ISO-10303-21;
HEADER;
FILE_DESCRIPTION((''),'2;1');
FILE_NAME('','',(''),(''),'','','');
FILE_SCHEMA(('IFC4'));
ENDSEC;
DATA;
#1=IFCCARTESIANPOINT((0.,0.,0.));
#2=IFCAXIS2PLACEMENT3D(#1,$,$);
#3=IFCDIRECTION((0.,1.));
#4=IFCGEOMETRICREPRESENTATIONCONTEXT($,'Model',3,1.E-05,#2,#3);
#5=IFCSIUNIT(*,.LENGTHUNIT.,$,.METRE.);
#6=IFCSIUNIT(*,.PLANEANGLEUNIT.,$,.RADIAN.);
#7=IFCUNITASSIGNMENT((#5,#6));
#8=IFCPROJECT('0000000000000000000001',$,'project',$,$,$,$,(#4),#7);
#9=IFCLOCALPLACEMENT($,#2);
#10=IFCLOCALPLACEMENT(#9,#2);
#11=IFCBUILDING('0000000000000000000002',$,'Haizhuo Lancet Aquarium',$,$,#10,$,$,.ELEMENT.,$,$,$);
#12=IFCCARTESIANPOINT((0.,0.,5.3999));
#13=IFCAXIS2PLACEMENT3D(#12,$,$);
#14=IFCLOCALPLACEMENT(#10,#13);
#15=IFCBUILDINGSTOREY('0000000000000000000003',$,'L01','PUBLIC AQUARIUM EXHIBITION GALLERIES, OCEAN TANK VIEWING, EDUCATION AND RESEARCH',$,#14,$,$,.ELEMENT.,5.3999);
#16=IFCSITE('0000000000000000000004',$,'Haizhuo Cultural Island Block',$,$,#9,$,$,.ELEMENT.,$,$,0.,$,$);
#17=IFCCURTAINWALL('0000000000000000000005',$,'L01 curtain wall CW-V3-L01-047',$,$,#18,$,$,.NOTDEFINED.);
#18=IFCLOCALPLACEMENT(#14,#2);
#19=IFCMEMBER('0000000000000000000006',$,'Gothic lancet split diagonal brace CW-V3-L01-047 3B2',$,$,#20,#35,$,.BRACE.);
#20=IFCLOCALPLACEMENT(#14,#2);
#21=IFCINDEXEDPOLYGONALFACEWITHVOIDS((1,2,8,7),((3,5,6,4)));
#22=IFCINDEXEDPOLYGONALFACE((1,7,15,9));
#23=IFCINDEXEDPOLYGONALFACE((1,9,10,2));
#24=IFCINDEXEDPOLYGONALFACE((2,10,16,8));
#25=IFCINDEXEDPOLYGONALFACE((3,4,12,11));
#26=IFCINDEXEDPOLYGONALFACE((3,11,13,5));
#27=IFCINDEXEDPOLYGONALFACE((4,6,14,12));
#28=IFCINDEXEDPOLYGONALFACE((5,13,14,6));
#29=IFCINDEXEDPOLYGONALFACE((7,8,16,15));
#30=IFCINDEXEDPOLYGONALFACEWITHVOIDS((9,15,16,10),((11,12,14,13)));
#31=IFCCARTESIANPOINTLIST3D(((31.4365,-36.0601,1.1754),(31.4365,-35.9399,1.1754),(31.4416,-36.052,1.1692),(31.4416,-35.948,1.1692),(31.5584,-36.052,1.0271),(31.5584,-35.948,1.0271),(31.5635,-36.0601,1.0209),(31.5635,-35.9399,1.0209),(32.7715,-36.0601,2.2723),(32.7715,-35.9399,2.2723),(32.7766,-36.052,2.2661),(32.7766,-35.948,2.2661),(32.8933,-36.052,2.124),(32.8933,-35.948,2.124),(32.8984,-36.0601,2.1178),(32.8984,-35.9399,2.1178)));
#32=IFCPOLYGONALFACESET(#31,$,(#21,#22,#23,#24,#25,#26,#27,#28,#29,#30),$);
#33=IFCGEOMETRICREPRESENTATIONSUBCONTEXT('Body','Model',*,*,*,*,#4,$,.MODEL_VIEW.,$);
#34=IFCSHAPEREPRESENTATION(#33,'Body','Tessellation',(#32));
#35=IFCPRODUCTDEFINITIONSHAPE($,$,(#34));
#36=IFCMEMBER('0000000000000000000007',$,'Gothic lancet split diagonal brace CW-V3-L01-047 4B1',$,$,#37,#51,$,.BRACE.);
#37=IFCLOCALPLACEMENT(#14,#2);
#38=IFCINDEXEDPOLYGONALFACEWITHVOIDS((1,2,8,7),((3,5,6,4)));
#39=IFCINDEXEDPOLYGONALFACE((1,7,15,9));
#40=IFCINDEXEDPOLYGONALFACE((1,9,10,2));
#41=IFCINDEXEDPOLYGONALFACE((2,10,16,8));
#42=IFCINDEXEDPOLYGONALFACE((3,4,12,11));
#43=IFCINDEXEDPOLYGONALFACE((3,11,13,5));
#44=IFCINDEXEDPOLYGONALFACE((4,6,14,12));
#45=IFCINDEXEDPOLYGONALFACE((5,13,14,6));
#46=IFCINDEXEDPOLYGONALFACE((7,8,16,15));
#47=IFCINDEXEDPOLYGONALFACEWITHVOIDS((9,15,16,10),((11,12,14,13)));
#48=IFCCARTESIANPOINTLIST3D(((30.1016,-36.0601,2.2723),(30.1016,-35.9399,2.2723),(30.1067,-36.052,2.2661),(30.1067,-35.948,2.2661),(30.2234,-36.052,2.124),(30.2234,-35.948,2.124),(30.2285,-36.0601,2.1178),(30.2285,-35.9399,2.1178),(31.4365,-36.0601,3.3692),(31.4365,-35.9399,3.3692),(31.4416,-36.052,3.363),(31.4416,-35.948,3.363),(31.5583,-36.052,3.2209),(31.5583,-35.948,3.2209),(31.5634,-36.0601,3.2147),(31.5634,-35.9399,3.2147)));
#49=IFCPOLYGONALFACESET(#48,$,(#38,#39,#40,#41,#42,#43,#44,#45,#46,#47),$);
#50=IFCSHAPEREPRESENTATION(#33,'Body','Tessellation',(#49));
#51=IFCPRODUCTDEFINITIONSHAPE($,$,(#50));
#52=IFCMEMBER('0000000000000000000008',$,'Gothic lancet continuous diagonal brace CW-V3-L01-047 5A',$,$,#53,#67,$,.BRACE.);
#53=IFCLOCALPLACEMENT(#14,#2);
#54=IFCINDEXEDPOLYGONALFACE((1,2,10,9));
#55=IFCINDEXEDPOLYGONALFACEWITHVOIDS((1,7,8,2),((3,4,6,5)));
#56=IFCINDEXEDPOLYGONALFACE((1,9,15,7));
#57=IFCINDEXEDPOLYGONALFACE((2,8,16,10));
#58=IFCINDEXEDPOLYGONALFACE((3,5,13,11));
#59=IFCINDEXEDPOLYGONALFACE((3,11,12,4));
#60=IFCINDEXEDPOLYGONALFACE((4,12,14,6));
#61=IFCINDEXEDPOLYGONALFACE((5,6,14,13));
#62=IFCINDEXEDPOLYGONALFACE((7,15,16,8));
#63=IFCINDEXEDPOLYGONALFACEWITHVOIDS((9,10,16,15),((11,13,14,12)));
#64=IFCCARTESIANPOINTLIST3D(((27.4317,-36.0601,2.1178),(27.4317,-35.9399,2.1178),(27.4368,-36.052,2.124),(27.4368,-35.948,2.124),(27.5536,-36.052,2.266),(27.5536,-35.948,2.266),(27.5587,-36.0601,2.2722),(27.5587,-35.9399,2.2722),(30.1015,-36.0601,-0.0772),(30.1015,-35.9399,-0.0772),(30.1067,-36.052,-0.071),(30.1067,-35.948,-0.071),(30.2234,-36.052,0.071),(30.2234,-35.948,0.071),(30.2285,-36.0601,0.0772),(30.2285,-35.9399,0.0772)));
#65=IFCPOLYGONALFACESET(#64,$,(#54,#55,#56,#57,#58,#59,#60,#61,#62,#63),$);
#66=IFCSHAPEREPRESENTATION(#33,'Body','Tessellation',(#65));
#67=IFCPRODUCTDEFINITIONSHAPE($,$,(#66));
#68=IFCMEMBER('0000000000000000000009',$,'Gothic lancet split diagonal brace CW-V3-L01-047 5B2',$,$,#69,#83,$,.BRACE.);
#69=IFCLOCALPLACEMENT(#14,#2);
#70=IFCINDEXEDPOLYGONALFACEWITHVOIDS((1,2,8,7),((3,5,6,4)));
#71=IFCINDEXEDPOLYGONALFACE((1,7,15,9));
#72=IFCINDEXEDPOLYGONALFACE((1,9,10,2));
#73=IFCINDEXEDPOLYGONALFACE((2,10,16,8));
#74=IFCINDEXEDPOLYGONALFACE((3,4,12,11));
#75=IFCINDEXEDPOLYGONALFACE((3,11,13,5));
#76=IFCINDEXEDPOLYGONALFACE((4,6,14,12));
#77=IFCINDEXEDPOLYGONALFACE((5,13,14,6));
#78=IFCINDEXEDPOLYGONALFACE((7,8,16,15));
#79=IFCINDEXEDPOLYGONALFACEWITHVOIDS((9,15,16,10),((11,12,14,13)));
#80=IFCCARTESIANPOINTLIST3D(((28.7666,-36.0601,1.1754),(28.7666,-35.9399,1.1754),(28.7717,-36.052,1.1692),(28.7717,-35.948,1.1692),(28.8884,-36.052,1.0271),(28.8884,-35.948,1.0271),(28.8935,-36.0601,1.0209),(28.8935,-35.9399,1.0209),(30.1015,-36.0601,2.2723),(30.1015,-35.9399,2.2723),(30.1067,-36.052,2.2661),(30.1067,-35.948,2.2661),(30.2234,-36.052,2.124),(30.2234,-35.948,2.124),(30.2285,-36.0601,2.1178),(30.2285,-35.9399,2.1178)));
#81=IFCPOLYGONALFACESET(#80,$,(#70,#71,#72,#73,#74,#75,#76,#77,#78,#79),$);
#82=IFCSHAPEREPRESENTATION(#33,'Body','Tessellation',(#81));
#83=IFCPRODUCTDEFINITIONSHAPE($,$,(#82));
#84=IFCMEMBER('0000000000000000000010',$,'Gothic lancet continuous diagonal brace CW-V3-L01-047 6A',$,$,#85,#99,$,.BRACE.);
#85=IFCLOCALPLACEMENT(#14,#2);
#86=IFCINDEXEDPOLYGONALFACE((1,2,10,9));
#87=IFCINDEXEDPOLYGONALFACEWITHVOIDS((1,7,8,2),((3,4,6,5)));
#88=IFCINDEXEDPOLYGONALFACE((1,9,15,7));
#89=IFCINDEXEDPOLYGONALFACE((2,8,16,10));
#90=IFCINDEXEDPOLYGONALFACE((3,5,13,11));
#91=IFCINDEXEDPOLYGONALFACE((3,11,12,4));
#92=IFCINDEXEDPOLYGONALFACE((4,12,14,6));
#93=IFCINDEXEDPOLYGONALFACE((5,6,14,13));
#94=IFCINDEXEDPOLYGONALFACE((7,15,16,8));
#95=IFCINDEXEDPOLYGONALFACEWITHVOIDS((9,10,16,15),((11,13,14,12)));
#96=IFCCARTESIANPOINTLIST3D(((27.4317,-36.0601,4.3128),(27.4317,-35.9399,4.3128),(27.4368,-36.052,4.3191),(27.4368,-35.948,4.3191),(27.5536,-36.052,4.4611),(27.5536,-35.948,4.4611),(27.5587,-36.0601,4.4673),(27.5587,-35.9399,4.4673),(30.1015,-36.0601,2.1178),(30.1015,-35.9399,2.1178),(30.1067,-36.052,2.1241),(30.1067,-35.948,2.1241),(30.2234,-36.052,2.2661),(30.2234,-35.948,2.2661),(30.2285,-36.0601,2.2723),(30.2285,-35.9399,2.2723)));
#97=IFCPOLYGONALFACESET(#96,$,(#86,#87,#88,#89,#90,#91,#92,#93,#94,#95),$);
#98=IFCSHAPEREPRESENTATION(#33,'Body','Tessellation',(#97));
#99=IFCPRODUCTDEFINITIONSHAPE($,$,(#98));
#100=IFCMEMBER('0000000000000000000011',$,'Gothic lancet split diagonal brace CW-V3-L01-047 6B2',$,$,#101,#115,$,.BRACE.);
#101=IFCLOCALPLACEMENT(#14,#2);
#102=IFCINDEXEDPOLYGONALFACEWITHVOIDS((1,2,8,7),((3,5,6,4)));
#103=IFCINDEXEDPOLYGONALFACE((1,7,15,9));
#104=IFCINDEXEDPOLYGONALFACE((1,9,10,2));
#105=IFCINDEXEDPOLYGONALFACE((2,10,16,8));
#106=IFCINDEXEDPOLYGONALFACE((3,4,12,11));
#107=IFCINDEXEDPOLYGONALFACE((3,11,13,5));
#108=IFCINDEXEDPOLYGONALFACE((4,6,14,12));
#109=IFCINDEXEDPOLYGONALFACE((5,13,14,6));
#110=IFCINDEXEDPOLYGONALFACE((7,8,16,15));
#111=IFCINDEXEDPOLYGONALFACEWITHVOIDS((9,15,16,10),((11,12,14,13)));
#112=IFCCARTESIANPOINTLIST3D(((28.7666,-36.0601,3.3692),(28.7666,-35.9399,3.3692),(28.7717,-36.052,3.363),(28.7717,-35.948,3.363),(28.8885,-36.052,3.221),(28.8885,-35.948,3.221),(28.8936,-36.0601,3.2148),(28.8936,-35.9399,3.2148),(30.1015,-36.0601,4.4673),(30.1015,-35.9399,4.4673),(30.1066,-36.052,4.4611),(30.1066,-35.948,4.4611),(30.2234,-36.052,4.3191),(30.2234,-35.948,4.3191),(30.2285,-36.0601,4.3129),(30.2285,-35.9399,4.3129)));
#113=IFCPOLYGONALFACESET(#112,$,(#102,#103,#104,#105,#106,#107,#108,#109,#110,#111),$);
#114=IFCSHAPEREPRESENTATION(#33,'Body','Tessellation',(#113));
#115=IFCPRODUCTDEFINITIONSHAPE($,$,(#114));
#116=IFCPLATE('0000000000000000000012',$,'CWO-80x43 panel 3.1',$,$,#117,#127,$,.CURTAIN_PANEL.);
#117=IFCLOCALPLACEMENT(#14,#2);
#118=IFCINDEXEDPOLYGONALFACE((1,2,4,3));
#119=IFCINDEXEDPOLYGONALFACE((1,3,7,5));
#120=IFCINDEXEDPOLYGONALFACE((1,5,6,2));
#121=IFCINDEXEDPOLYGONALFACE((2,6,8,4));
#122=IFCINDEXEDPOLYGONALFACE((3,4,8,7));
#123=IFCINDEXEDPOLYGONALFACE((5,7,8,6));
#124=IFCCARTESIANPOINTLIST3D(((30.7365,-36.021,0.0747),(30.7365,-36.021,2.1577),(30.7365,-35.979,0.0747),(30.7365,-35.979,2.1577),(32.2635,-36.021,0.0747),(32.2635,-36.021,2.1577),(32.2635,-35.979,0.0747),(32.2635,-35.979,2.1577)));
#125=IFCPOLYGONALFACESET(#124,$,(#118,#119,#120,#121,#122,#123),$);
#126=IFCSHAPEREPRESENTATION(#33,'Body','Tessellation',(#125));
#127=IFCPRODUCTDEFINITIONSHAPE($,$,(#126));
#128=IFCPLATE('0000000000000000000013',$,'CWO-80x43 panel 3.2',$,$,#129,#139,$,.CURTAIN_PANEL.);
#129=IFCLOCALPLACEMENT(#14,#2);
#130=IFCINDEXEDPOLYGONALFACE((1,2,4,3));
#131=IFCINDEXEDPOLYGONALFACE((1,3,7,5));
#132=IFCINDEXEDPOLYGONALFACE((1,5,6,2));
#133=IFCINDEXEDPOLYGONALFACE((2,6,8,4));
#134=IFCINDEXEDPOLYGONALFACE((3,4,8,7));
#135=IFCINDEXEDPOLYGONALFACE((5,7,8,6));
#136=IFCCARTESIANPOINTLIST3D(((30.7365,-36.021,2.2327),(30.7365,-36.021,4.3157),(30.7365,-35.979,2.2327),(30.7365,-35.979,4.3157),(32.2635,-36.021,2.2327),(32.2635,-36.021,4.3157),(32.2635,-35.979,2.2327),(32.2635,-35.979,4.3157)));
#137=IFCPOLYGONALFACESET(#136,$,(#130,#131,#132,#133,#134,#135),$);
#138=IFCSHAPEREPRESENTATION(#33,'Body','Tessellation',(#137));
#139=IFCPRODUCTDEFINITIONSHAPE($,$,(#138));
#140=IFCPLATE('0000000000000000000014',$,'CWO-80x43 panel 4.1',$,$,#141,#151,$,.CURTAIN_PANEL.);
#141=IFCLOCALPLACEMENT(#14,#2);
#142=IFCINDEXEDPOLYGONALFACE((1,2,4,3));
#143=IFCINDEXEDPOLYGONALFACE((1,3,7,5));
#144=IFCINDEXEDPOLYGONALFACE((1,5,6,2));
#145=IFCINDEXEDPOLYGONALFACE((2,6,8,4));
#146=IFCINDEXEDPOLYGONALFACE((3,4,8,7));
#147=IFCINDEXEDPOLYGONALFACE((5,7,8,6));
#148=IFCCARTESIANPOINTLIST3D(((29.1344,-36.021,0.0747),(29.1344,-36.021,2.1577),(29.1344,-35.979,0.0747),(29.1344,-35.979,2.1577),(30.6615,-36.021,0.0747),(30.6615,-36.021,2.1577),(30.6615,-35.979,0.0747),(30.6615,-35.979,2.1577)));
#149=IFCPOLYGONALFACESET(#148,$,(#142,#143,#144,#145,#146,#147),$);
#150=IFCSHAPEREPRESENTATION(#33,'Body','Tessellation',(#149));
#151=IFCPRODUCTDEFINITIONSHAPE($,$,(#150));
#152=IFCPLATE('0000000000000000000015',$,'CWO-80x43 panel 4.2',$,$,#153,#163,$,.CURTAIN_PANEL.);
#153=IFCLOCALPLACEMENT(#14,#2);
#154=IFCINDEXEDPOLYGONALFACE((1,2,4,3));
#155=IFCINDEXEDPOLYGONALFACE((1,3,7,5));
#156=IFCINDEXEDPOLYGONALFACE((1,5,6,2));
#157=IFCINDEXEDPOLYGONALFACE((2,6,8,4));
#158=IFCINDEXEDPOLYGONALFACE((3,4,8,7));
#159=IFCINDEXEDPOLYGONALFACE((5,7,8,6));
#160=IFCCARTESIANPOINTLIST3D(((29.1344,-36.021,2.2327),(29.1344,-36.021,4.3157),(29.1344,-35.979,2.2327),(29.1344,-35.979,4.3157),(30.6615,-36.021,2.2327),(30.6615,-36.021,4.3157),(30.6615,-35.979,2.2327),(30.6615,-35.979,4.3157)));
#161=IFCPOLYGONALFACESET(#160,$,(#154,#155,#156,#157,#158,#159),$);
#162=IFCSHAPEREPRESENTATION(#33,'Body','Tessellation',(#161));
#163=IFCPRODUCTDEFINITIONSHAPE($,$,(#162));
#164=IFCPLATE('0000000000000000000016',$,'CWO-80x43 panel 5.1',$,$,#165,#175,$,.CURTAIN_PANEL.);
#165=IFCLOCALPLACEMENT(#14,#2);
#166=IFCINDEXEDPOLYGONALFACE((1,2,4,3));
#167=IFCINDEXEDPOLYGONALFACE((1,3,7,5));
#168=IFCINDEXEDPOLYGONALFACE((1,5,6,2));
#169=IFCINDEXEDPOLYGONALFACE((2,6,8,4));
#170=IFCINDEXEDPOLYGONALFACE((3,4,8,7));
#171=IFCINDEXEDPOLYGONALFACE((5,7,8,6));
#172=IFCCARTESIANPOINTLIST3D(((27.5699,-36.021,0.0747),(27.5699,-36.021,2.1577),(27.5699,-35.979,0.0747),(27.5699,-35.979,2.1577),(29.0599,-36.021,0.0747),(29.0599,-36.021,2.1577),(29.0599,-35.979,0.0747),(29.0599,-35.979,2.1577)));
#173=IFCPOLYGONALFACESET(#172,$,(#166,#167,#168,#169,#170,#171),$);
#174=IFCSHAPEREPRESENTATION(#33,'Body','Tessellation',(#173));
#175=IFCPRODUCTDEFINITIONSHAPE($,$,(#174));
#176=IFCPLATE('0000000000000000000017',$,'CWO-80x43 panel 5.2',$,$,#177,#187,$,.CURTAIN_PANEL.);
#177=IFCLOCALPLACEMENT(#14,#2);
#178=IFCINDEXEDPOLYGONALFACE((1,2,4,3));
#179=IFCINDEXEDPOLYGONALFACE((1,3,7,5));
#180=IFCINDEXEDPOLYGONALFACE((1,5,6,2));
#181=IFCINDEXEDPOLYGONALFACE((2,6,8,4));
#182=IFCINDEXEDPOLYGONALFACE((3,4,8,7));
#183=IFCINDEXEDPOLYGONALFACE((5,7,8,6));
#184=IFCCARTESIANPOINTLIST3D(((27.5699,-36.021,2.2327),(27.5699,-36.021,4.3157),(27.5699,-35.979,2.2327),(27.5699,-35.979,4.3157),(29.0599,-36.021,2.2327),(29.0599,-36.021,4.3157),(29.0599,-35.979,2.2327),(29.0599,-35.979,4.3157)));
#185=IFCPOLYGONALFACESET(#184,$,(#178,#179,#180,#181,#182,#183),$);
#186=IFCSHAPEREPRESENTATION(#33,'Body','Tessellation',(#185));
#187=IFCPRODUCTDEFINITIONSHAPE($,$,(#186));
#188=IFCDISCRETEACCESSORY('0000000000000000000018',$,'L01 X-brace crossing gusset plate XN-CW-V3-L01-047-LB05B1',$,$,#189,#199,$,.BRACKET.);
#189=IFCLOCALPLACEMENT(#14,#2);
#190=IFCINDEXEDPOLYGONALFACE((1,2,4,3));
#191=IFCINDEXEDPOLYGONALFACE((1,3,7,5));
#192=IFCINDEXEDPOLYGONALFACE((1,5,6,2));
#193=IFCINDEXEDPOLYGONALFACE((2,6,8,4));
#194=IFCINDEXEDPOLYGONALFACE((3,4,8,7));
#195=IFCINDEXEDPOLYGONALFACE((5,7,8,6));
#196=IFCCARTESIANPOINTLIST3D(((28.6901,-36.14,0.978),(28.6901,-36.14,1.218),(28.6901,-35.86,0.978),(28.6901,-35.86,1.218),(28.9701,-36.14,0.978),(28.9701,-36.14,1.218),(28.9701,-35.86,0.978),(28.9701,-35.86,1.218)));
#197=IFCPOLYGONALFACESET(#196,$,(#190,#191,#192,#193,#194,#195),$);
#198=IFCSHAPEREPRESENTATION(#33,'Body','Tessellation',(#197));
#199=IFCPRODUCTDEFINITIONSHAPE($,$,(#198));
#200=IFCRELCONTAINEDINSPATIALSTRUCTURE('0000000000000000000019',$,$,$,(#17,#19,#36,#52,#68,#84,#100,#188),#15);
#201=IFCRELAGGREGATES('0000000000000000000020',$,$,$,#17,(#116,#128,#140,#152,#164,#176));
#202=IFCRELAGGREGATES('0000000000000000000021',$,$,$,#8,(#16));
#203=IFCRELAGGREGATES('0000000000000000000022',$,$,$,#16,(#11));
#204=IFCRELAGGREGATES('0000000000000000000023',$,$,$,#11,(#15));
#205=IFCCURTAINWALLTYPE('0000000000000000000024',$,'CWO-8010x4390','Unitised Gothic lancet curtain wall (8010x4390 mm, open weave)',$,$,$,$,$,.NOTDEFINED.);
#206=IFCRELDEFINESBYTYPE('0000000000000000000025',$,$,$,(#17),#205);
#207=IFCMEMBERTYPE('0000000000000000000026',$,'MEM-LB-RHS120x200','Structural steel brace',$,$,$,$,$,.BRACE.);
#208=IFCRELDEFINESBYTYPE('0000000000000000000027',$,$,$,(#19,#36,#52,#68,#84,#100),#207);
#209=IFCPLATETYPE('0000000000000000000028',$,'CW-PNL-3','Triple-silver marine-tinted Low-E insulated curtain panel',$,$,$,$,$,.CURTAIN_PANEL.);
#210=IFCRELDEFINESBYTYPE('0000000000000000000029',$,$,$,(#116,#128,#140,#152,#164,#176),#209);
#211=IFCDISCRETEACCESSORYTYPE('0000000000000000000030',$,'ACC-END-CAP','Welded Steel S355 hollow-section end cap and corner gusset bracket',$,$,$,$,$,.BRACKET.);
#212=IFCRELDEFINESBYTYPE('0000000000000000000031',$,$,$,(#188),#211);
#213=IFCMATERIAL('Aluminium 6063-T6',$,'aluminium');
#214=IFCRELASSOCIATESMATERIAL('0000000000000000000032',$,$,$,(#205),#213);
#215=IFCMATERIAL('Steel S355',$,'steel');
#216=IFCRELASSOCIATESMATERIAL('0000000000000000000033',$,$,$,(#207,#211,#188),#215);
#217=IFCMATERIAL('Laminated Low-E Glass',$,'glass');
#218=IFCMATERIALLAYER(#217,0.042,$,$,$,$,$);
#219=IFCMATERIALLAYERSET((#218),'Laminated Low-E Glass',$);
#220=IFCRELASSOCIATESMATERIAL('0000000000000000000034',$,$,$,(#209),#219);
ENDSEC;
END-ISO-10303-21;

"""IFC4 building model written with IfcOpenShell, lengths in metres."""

from ifc_helpers import new_model, si_unit, direction, frame, origin, origin_2d, place, context, subcontext, project, spatial, rectangle, hollow_rectangle, extrude, material, layer, layer_set, material_profile, profile_set, type_object, element, aggregate, save


model = new_model("IFC4")

# Units and contexts
model_context = context("Model", 3, precision=1e-05, world=origin(), true_north=direction((0.0, 1.0)))
body_context = subcontext(model_context, "Body", "Model", "MODEL_VIEW")
ifc_project = project(units=[si_unit("LENGTHUNIT", "METRE"), si_unit("PLANEANGLEUNIT", "RADIAN")], contexts=[model_context])

# Site, building, storey
site_placement = place(None, origin())
site = spatial("IfcSite", under=ifc_project, at=site_placement, Name="Haizhuo Cultural Island Block", CompositionType="ELEMENT", RefElevation=0.0)
building_placement = place(site_placement, origin())
building = spatial("IfcBuilding", under=site, at=building_placement, Name="Haizhuo Lancet Aquarium", CompositionType="ELEMENT")
storey_placement = place(building_placement, frame((0.0, 0.0, 5.3999)))
storey = spatial("IfcBuildingStorey", under=building, at=storey_placement, Name="L01", Description="PUBLIC AQUARIUM EXHIBITION GALLERIES, OCEAN TANK VIEWING, EDUCATION AND RESEARCH", CompositionType="ELEMENT", Elevation=5.3999)

# Curtain wall
ifc_material_1 = material(Name="Aluminium 6063-T6", Category="aluminium")
curtain_wall_type = type_object("IfcCurtainWallType", Name="CWO-8010x4390", Description="Unitised Gothic lancet curtain wall (8010x4390 mm, open weave)", PredefinedType="NOTDEFINED", material=ifc_material_1)
curtain_wall_placement = place(storey_placement, origin())
curtain_wall = element("IfcCurtainWall", 1, at=curtain_wall_placement, inside=storey, type_object=curtain_wall_type, Name="L01 curtain wall CW-V3-L01-047", PredefinedType="NOTDEFINED")

# Members
ifc_material_2 = material(Name="Steel S355", Category="steel")
ifc_material_profile_1 = material_profile(ifc_material_2, hollow_rectangle(XDim=0.1201, YDim=0.2, WallThickness=0.0081, at=origin_2d()), Name="RHS 120x200x8")
ifc_profile_set_1 = profile_set([ifc_material_profile_1], Name="Steel S355")
member_type_1 = type_object("IfcMemberType", Name="MEM-LB-RHS120x200", Description="Structural steel brace", PredefinedType="BRACE", material=ifc_profile_set_1)
for number, where, z_axis, x_axis, name in (
    (2, (31.5, -36.0, 1.0981), (0.772627, 0.0, 0.63486), (0.0, 1.0, 0.0), "Gothic lancet split diagonal brace CW-V3-L01-047 3B2"),
    (3, (30.165, -36.0, 2.1951), (0.772627, 0.0, 0.63486), (0.0, 1.0, 0.0), "Gothic lancet split diagonal brace CW-V3-L01-047 4B1"),
):
    element("IfcMember", number, at=place(storey_placement, frame(where, z_axis=z_axis, x_axis=x_axis)), inside=storey, type_object=member_type_1, Name=name, PredefinedType="BRACE", context=body_context, shape_type="SweptSolid", body=[
        extrude(hollow_rectangle(XDim=0.1201, YDim=0.2, WallThickness=0.0081, at=origin_2d()), origin(), (0.0, 0.0, 1.0), 1.7278),
    ])
member_1_placement = place(storey_placement, frame((30.165, -36.0, 0.0), z_axis=(-0.772454, 0.0, 0.635071), x_axis=(0.0, -1.0, 0.0)))
element("IfcMember", 4, at=member_1_placement, inside=storey, type_object=member_type_1, Name="Gothic lancet continuous diagonal brace CW-V3-L01-047 5A", PredefinedType="BRACE", context=body_context, shape_type="SweptSolid", body=[
    extrude(hollow_rectangle(XDim=0.1201, YDim=0.2, WallThickness=0.0081, at=origin_2d()), origin(), (0.0, 0.0, 1.0), 3.4563),
])
member_2_placement = place(storey_placement, frame((28.8301, -36.0, 1.0981), z_axis=(0.772627, 0.0, 0.63486), x_axis=(0.0, 1.0, 0.0)))
element("IfcMember", 5, at=member_2_placement, inside=storey, type_object=member_type_1, Name="Gothic lancet split diagonal brace CW-V3-L01-047 5B2", PredefinedType="BRACE", context=body_context, shape_type="SweptSolid", body=[
    extrude(hollow_rectangle(XDim=0.1201, YDim=0.2, WallThickness=0.0081, at=origin_2d()), origin(), (0.0, 0.0, 1.0), 1.7278),
])
member_3_placement = place(storey_placement, frame((30.165, -36.0, 2.1951), z_axis=(-0.772454, 0.0, 0.635071), x_axis=(0.0, -1.0, 0.0)))
element("IfcMember", 6, at=member_3_placement, inside=storey, type_object=member_type_1, Name="Gothic lancet continuous diagonal brace CW-V3-L01-047 6A", PredefinedType="BRACE", context=body_context, shape_type="SweptSolid", body=[
    extrude(hollow_rectangle(XDim=0.1201, YDim=0.2, WallThickness=0.0081, at=origin_2d()), origin(), (0.0, 0.0, 1.0), 3.4563),
])
member_4_placement = place(storey_placement, frame((28.8301, -36.0, 3.292), z_axis=(0.772281, 0.0, 0.635281), x_axis=(0.0, 1.0, 0.0)))
element("IfcMember", 7, at=member_4_placement, inside=storey, type_object=member_type_1, Name="Gothic lancet split diagonal brace CW-V3-L01-047 6B2", PredefinedType="BRACE", context=body_context, shape_type="SweptSolid", body=[
    extrude(hollow_rectangle(XDim=0.1201, YDim=0.2, WallThickness=0.0081, at=origin_2d()), origin(), (0.0, 0.0, 1.0), 1.7285),
])

# Plates
ifc_material_3 = material(Name="Laminated Low-E Glass", Category="glass")
ifc_layer = layer(ifc_material_3, 0.042)
ifc_layer_set = layer_set([ifc_layer], Name="Laminated Low-E Glass")
plate_type = type_object("IfcPlateType", Name="CW-PNL-3", Description="Triple-silver marine-tinted Low-E insulated curtain panel", PredefinedType="CURTAIN_PANEL", material=ifc_layer_set)
plate_1_placement = place(storey_placement, frame((31.5, -36.0, 0.0747), z_axis=(0.0, 0.0, 1.0), x_axis=(-1.0, 0.0, 0.0)))
plate_1 = element("IfcPlate", 8, at=plate_1_placement, type_object=plate_type, Name="CWO-80x43 panel 3.1", PredefinedType="CURTAIN_PANEL", context=body_context, shape_type="SweptSolid", body=[
    extrude(rectangle(XDim=1.5271, YDim=0.042, at=origin_2d()), origin(), (0.0, 0.0, 1.0), 2.083),
])
plate_2_placement = place(storey_placement, frame((31.5, -36.0, 2.2327), z_axis=(0.0, 0.0, 1.0), x_axis=(-1.0, 0.0, 0.0)))
plate_2 = element("IfcPlate", 9, at=plate_2_placement, type_object=plate_type, Name="CWO-80x43 panel 3.2", PredefinedType="CURTAIN_PANEL", context=body_context, shape_type="SweptSolid", body=[
    extrude(rectangle(XDim=1.5271, YDim=0.042, at=origin_2d()), origin(), (0.0, 0.0, 1.0), 2.083),
])
plate_3_placement = place(storey_placement, frame((29.8979, -36.0, 0.0747), z_axis=(0.0, 0.0, 1.0), x_axis=(-1.0, 0.0, 0.0)))
plate_3 = element("IfcPlate", 10, at=plate_3_placement, type_object=plate_type, Name="CWO-80x43 panel 4.1", PredefinedType="CURTAIN_PANEL", context=body_context, shape_type="SweptSolid", body=[
    extrude(rectangle(XDim=1.5271, YDim=0.042, at=origin_2d()), origin(), (0.0, 0.0, 1.0), 2.083),
])
plate_4_placement = place(storey_placement, frame((29.8979, -36.0, 2.2327), z_axis=(0.0, 0.0, 1.0), x_axis=(-1.0, 0.0, 0.0)))
plate_4 = element("IfcPlate", 11, at=plate_4_placement, type_object=plate_type, Name="CWO-80x43 panel 4.2", PredefinedType="CURTAIN_PANEL", context=body_context, shape_type="SweptSolid", body=[
    extrude(rectangle(XDim=1.5271, YDim=0.042, at=origin_2d()), origin(), (0.0, 0.0, 1.0), 2.083),
])
plate_5_placement = place(storey_placement, frame((28.3149, -36.0, 0.0747), z_axis=(0.0, 0.0, 1.0), x_axis=(-1.0, 0.0, 0.0)))
plate_5 = element("IfcPlate", 12, at=plate_5_placement, type_object=plate_type, Name="CWO-80x43 panel 5.1", PredefinedType="CURTAIN_PANEL", context=body_context, shape_type="SweptSolid", body=[
    extrude(rectangle(XDim=1.49, YDim=0.042, at=origin_2d()), origin(), (0.0, 0.0, 1.0), 2.083),
])
plate_6_placement = place(storey_placement, frame((28.3149, -36.0, 2.2327), z_axis=(0.0, 0.0, 1.0), x_axis=(-1.0, 0.0, 0.0)))
plate_6 = element("IfcPlate", 13, at=plate_6_placement, type_object=plate_type, Name="CWO-80x43 panel 5.2", PredefinedType="CURTAIN_PANEL", context=body_context, shape_type="SweptSolid", body=[
    extrude(rectangle(XDim=1.49, YDim=0.042, at=origin_2d()), origin(), (0.0, 0.0, 1.0), 2.083),
])
aggregate(curtain_wall, [plate_1, plate_2, plate_3, plate_4, plate_5, plate_6])

# Discrete accessory
discrete_accessory_type = type_object("IfcDiscreteAccessoryType", Name="ACC-END-CAP", Description="Welded Steel S355 hollow-section end cap and corner gusset bracket", PredefinedType="BRACKET", material=ifc_material_2)
for number, where, z_axis, x_axis, name in (
    (14, (28.8301, -36.0, 0.978), (0.0, 0.0, 1.0), (1.0, 0.0, 0.0), "L01 X-brace crossing gusset plate XN-CW-V3-L01-047-LB05B1"),
):
    element("IfcDiscreteAccessory", number, at=place(storey_placement, frame(where, z_axis=z_axis, x_axis=x_axis)), inside=storey, type_object=discrete_accessory_type, material=ifc_material_2, Name=name, PredefinedType="BRACKET", context=body_context, shape_type="SweptSolid", body=[
        extrude(rectangle(XDim=0.28, YDim=0.28, at=origin_2d()), origin(), (0.0, 0.0, 1.0), 0.24),
    ])

save(model, "model.ifc")
